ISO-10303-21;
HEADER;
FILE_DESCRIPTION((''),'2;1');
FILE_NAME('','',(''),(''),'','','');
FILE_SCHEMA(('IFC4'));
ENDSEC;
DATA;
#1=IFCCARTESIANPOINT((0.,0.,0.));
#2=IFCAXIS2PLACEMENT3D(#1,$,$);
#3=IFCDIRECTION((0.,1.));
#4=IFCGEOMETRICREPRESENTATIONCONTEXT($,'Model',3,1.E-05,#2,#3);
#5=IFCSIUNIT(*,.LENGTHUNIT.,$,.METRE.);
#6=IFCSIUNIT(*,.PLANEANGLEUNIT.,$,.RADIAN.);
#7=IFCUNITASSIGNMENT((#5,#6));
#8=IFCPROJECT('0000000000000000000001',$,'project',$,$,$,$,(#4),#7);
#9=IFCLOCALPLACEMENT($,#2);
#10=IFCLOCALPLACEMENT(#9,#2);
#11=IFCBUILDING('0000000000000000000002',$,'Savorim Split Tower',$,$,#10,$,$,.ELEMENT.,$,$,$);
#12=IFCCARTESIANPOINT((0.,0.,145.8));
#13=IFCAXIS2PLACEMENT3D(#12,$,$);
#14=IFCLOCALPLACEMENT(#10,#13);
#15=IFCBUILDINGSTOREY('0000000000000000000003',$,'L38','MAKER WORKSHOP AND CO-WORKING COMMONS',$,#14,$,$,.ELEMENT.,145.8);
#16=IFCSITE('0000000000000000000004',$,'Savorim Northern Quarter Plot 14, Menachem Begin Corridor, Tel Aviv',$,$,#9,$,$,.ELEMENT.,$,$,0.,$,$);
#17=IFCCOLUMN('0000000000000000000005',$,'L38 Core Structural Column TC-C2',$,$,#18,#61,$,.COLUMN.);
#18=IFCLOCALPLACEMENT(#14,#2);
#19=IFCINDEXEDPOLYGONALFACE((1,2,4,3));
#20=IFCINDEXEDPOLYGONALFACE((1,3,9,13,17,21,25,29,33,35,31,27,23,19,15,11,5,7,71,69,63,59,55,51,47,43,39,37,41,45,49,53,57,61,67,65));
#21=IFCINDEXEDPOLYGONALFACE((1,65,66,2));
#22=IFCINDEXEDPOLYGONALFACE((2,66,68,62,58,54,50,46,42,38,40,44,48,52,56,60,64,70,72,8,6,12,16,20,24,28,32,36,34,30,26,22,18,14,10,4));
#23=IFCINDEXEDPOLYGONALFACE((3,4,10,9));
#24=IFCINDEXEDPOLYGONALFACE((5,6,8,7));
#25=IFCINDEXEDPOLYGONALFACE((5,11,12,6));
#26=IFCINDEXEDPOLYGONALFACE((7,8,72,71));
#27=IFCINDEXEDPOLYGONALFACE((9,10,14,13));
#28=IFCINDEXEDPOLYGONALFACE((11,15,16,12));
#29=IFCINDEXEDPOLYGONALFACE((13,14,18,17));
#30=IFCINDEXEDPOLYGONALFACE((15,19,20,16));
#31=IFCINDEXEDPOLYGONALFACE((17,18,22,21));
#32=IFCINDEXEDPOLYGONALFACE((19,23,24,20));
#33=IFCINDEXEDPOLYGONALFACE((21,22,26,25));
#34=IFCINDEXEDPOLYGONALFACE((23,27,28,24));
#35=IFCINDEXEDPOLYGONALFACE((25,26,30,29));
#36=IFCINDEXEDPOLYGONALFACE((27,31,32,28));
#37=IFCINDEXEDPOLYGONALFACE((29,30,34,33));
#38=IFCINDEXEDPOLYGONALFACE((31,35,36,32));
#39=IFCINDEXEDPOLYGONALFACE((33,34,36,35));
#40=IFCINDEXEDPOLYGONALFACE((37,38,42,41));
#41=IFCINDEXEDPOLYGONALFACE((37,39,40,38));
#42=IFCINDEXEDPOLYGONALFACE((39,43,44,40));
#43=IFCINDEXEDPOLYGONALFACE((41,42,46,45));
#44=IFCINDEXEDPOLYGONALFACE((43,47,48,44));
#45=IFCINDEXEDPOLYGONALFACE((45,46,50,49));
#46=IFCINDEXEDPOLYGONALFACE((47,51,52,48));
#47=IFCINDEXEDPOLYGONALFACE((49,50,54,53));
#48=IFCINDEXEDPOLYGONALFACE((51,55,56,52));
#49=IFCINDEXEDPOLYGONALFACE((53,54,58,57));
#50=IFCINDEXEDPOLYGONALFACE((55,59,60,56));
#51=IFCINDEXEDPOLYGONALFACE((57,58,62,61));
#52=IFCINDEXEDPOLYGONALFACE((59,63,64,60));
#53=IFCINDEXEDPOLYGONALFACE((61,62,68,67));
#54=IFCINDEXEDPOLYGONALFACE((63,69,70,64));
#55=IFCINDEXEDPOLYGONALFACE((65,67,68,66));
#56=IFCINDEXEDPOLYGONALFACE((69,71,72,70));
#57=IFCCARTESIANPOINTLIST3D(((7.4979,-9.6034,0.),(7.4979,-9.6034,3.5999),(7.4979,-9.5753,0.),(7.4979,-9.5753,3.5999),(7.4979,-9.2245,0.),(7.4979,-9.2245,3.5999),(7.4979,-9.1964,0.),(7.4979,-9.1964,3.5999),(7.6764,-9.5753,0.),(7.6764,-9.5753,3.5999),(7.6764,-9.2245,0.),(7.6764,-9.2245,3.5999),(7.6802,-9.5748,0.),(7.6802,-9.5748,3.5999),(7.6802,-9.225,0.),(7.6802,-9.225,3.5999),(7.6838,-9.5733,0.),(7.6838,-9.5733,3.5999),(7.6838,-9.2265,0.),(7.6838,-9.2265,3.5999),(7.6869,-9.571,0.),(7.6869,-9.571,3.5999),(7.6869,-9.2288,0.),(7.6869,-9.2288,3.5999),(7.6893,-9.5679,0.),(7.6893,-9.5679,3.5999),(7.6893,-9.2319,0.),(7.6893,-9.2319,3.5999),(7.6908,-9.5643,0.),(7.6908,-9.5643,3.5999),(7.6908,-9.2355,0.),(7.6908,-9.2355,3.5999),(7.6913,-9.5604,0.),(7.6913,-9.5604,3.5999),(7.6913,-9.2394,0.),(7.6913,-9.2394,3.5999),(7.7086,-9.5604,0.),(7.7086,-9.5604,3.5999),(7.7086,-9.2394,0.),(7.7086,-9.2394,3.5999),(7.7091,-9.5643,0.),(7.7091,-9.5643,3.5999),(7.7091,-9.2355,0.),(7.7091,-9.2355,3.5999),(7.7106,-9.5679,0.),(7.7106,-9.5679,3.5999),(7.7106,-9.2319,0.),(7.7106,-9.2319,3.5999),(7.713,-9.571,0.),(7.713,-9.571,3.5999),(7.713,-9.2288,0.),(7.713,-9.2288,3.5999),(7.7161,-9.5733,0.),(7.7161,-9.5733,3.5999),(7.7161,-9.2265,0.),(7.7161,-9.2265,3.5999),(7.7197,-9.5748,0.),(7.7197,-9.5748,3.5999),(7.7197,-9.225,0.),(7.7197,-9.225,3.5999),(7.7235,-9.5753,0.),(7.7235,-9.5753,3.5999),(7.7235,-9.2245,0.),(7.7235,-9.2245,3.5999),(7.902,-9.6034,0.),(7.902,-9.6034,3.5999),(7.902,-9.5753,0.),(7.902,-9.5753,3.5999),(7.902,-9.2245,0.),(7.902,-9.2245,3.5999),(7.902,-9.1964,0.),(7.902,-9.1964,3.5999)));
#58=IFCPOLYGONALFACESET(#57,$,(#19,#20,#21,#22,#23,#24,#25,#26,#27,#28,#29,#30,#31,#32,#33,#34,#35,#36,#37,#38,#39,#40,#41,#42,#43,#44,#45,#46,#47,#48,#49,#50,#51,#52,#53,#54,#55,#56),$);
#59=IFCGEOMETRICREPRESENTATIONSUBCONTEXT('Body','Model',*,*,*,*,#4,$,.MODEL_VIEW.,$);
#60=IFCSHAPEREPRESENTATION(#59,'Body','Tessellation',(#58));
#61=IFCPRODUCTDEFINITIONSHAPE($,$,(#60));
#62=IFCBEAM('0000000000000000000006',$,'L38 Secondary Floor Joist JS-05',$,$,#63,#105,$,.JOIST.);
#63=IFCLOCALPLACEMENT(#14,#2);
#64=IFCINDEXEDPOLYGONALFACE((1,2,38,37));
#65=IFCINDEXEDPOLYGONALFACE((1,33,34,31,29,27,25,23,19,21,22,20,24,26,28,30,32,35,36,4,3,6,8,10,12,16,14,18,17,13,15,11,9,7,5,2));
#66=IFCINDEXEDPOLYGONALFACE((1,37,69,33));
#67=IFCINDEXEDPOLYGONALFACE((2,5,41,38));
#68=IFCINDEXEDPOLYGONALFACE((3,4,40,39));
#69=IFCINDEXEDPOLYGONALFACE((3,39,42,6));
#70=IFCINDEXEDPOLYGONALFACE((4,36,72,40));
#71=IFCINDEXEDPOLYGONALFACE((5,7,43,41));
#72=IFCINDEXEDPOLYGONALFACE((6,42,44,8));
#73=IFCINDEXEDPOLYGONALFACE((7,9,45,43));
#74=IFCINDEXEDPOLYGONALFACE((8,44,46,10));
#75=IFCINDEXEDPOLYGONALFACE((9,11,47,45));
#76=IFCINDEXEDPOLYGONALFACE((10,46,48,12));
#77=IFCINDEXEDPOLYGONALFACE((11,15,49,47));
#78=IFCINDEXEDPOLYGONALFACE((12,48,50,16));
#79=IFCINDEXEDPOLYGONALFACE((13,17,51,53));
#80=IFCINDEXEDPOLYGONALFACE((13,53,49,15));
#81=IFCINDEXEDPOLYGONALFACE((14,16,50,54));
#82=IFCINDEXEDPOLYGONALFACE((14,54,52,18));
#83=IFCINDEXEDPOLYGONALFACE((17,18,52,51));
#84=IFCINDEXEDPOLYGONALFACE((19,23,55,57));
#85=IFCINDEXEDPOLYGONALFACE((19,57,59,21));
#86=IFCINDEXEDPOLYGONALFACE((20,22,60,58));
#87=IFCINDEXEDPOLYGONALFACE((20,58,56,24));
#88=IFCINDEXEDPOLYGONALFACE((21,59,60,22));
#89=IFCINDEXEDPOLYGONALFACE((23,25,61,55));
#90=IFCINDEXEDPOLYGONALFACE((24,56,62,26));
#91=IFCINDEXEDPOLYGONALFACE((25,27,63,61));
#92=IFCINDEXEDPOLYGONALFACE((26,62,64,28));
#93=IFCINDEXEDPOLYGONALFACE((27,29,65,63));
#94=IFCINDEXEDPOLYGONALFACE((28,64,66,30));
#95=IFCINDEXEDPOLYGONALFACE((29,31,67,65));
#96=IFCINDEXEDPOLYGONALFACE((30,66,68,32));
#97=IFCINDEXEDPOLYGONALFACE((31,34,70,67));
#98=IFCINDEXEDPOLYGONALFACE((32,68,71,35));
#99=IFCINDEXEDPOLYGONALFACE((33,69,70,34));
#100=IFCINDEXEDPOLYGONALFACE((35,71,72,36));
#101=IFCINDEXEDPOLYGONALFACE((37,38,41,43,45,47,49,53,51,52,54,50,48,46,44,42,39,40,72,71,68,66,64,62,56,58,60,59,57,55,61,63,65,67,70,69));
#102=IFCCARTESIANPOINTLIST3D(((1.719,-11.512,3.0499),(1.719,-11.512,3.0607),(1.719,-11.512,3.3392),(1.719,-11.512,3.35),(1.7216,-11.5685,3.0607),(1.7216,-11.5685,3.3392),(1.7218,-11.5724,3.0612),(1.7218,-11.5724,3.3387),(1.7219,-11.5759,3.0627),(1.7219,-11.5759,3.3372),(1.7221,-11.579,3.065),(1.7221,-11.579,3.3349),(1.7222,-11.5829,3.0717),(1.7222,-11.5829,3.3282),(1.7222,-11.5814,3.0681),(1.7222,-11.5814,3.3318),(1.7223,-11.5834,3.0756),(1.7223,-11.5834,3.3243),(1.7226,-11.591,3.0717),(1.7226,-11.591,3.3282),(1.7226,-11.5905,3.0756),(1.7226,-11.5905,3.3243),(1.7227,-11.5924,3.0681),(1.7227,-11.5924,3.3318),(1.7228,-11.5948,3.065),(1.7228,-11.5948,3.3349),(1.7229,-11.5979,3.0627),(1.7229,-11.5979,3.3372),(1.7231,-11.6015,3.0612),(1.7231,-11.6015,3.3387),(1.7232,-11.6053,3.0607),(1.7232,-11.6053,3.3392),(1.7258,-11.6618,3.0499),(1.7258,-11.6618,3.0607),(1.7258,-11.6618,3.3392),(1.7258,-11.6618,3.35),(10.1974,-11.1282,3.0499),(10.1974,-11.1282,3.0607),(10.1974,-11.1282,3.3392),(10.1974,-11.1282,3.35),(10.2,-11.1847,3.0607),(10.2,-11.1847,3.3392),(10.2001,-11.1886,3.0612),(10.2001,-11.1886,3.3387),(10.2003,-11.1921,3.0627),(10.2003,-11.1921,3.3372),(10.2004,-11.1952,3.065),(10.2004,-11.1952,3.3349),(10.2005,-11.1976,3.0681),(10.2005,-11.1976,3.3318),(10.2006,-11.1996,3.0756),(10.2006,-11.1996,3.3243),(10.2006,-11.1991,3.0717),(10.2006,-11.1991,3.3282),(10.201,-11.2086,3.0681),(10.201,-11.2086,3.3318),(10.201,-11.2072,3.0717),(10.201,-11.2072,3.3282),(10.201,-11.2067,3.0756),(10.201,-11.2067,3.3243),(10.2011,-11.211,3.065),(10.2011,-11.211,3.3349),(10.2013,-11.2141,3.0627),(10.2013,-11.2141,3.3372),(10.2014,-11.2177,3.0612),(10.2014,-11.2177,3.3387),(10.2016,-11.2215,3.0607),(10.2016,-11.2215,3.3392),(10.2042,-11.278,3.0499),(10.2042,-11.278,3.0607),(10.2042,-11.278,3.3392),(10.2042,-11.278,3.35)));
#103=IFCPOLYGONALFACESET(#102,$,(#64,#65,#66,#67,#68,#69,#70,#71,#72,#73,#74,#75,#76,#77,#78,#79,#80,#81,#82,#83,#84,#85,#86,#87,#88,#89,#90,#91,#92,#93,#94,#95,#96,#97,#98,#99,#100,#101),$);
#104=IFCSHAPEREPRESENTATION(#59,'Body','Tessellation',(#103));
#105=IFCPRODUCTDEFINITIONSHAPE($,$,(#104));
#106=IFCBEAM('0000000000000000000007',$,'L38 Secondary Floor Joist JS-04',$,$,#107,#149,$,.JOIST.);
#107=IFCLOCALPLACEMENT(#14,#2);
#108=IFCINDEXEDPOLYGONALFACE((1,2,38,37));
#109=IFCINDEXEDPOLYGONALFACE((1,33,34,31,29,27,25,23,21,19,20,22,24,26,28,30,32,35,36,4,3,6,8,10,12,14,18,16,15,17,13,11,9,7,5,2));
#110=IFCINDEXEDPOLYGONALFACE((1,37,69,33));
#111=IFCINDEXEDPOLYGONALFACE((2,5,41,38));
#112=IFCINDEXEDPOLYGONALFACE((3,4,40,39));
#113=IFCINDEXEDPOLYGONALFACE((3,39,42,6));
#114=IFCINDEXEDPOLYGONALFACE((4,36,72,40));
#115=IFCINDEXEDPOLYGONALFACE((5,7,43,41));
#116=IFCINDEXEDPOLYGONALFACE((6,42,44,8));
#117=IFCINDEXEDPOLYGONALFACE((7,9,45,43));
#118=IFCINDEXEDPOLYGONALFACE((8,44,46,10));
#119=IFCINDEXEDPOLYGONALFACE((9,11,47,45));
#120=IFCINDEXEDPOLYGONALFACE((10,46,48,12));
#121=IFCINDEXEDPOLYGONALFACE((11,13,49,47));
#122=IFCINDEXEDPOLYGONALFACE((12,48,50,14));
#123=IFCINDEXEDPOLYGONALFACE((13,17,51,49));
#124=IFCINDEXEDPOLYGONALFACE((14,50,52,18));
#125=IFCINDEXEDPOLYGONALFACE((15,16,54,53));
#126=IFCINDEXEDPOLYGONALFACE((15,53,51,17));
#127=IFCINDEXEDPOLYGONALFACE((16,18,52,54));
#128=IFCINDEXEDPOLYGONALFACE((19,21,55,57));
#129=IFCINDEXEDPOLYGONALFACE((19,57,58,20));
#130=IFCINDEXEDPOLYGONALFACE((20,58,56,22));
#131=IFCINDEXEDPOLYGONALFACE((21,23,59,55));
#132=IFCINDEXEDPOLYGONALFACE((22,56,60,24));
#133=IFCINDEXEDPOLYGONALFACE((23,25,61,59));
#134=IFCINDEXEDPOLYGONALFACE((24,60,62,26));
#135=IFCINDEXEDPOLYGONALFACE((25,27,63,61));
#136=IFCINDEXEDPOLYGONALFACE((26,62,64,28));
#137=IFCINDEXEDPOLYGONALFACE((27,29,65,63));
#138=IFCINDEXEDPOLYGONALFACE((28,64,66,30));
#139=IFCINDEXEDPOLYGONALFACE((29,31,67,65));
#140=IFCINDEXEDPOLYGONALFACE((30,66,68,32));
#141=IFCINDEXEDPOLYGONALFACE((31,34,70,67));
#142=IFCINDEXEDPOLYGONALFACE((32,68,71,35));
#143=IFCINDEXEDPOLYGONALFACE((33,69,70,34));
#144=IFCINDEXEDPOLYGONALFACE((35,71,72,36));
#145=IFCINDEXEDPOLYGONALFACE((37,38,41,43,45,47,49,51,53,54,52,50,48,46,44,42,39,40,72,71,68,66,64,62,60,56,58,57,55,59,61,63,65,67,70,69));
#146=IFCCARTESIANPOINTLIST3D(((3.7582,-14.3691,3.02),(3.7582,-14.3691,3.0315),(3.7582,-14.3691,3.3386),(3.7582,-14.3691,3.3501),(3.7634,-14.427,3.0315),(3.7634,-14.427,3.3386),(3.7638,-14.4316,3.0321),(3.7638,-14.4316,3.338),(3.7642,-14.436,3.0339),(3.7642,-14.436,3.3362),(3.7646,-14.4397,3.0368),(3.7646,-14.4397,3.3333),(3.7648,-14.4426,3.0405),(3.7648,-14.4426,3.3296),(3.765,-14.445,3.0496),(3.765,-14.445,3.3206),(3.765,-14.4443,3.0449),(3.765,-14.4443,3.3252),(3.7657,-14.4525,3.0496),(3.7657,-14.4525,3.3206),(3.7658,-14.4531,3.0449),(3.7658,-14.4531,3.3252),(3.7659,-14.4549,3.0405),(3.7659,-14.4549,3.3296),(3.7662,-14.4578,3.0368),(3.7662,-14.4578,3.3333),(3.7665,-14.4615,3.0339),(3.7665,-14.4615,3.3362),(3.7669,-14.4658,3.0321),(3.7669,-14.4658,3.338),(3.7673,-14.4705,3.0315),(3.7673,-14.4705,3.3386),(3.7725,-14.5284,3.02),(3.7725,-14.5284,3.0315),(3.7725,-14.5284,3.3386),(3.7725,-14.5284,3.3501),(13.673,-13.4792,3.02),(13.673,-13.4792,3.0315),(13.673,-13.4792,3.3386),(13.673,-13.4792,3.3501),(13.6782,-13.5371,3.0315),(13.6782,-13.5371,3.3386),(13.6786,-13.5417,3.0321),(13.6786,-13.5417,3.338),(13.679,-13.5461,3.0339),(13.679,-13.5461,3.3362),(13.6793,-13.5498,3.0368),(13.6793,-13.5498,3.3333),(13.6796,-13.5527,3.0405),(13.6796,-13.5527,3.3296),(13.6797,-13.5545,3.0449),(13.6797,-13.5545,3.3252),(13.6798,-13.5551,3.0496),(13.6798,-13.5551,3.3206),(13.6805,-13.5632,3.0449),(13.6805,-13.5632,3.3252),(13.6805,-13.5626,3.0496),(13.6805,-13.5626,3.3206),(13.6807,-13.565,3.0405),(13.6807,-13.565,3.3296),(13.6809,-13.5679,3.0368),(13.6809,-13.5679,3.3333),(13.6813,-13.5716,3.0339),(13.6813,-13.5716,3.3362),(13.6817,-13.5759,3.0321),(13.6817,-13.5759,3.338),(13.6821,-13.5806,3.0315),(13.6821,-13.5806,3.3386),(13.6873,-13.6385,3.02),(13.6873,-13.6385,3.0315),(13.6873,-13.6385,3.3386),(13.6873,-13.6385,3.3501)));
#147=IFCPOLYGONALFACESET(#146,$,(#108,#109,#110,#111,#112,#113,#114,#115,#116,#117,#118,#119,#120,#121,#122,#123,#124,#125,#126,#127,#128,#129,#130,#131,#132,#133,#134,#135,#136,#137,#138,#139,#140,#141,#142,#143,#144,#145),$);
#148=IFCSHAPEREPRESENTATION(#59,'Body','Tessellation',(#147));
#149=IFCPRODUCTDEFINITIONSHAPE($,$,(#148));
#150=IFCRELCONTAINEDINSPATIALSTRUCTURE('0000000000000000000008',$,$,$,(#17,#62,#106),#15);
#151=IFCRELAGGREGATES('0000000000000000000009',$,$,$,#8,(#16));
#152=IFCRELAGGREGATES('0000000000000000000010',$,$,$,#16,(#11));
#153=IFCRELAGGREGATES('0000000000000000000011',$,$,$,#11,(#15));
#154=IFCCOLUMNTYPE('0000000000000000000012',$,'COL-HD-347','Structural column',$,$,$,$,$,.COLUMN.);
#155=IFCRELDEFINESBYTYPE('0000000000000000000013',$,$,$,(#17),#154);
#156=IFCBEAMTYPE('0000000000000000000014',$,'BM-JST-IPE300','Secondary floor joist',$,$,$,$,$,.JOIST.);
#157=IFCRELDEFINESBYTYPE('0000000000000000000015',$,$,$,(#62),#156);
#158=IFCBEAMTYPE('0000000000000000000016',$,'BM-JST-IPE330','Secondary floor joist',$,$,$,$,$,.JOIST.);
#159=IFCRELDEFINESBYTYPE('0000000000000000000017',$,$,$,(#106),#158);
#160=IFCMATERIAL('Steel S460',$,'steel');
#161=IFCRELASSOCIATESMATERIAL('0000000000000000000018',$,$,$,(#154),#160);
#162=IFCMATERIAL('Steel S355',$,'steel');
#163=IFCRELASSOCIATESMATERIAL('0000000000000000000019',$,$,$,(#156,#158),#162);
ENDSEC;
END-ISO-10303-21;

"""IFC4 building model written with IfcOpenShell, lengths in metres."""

from ifc_helpers import new_model, si_unit, direction, frame, origin, origin_2d, place, context, subcontext, project, spatial, i_section, extrude, material, material_profile, profile_set, type_object, element, save


model = new_model("IFC4")

# Units and contexts
model_context = context("Model", 3, precision=1e-05, world=origin(), true_north=direction((0.0, 1.0)))
body_context = subcontext(model_context, "Body", "Model", "MODEL_VIEW")
ifc_project = project(units=[si_unit("LENGTHUNIT", "METRE"), si_unit("PLANEANGLEUNIT", "RADIAN")], contexts=[model_context])

# Site, building, storey
site_placement = place(None, origin())
site = spatial("IfcSite", under=ifc_project, at=site_placement, Name="Savorim Northern Quarter Plot 14, Menachem Begin Corridor, Tel Aviv", CompositionType="ELEMENT", RefElevation=0.0)
building_placement = place(site_placement, origin())
building = spatial("IfcBuilding", under=site, at=building_placement, Name="Savorim Split Tower", CompositionType="ELEMENT")
storey_placement = place(building_placement, frame((0.0, 0.0, 145.8)))
storey = spatial("IfcBuildingStorey", under=building, at=storey_placement, Name="L38", Description="MAKER WORKSHOP AND CO-WORKING COMMONS", CompositionType="ELEMENT", Elevation=145.8)

# Column
ifc_material_1 = material(Name="Steel S460", Category="steel")
ifc_material_profile_1 = material_profile(ifc_material_1, i_section(OverallWidth=0.4041, OverallDepth=0.407, WebThickness=0.0173, FlangeThickness=0.0281, FilletRadius=0.0149, at=origin_2d()), Name="HD 400x347")
ifc_profile_set_1 = profile_set([ifc_material_profile_1], Name="Steel S460")
column_type = type_object("IfcColumnType", Name="COL-HD-347", Description="Structural column", PredefinedType="COLUMN", material=ifc_profile_set_1)
column_placement = place(storey_placement, frame((7.7, -9.3999, 0.0), z_axis=(0.0, 0.0, 1.0), x_axis=(1.0, 0.0, 0.0)))
element("IfcColumn", 1, at=column_placement, inside=storey, type_object=column_type, Name="L38 Core Structural Column TC-C2", PredefinedType="COLUMN", context=body_context, shape_type="SweptSolid", body=[
    extrude(i_section(OverallWidth=0.4041, OverallDepth=0.407, WebThickness=0.0173, FlangeThickness=0.0281, FilletRadius=0.0149, at=origin_2d()), origin(), (0.0, 0.0, 1.0), 3.5999),
])

# Beams
ifc_material_2 = material(Name="Steel S355", Category="steel")
ifc_material_profile_2 = material_profile(ifc_material_2, i_section(OverallWidth=0.1499, OverallDepth=0.3, WebThickness=0.0071, FlangeThickness=0.0107, FilletRadius=0.0149, at=origin_2d()), Name="IPE 300")
ifc_profile_set_2 = profile_set([ifc_material_profile_2], Name="Steel S355")
beam_type_1 = type_object("IfcBeamType", Name="BM-JST-IPE300", Description="Secondary floor joist", PredefinedType="JOIST", material=ifc_profile_set_2)
beam_1_placement = place(storey_placement, frame((1.7224, -11.5869, 3.2), z_axis=(0.998977, 0.045221, 0.0), x_axis=(-0.045221, 0.998977, 0.0)))
element("IfcBeam", 2, at=beam_1_placement, inside=storey, type_object=beam_type_1, Name="L38 Secondary Floor Joist JS-05", PredefinedType="JOIST", context=body_context, shape_type="SweptSolid", body=[
    extrude(i_section(OverallWidth=0.1499, OverallDepth=0.3, WebThickness=0.0071, FlangeThickness=0.0107, FilletRadius=0.0149, at=origin_2d()), origin(), (0.0, 0.0, 1.0), 8.4871),
])
ifc_material_profile_3 = material_profile(ifc_material_2, i_section(OverallWidth=0.1599, OverallDepth=0.3301, WebThickness=0.0076, FlangeThickness=0.0115, FilletRadius=0.0181, at=origin_2d()), Name="IPE 330")
ifc_profile_set_3 = profile_set([ifc_material_profile_3], Name="Steel S355")
beam_type_2 = type_object("IfcBeamType", Name="BM-JST-IPE330", Description="Secondary floor joist", PredefinedType="JOIST", material=ifc_profile_set_3)
beam_2_placement = place(storey_placement, frame((3.7654, -14.4487, 3.1851), z_axis=(0.995996, 0.089395, 0.0), x_axis=(-0.089395, 0.995996, 0.0)))
element("IfcBeam", 3, at=beam_2_placement, inside=storey, type_object=beam_type_2, Name="L38 Secondary Floor Joist JS-04", PredefinedType="JOIST", context=body_context, shape_type="SweptSolid", body=[
    extrude(i_section(OverallWidth=0.1599, OverallDepth=0.3301, WebThickness=0.0076, FlangeThickness=0.0115, FilletRadius=0.0181, at=origin_2d()), origin(), (0.0, 0.0, 1.0), 9.9546),
])

save(model, "model.ifc")
